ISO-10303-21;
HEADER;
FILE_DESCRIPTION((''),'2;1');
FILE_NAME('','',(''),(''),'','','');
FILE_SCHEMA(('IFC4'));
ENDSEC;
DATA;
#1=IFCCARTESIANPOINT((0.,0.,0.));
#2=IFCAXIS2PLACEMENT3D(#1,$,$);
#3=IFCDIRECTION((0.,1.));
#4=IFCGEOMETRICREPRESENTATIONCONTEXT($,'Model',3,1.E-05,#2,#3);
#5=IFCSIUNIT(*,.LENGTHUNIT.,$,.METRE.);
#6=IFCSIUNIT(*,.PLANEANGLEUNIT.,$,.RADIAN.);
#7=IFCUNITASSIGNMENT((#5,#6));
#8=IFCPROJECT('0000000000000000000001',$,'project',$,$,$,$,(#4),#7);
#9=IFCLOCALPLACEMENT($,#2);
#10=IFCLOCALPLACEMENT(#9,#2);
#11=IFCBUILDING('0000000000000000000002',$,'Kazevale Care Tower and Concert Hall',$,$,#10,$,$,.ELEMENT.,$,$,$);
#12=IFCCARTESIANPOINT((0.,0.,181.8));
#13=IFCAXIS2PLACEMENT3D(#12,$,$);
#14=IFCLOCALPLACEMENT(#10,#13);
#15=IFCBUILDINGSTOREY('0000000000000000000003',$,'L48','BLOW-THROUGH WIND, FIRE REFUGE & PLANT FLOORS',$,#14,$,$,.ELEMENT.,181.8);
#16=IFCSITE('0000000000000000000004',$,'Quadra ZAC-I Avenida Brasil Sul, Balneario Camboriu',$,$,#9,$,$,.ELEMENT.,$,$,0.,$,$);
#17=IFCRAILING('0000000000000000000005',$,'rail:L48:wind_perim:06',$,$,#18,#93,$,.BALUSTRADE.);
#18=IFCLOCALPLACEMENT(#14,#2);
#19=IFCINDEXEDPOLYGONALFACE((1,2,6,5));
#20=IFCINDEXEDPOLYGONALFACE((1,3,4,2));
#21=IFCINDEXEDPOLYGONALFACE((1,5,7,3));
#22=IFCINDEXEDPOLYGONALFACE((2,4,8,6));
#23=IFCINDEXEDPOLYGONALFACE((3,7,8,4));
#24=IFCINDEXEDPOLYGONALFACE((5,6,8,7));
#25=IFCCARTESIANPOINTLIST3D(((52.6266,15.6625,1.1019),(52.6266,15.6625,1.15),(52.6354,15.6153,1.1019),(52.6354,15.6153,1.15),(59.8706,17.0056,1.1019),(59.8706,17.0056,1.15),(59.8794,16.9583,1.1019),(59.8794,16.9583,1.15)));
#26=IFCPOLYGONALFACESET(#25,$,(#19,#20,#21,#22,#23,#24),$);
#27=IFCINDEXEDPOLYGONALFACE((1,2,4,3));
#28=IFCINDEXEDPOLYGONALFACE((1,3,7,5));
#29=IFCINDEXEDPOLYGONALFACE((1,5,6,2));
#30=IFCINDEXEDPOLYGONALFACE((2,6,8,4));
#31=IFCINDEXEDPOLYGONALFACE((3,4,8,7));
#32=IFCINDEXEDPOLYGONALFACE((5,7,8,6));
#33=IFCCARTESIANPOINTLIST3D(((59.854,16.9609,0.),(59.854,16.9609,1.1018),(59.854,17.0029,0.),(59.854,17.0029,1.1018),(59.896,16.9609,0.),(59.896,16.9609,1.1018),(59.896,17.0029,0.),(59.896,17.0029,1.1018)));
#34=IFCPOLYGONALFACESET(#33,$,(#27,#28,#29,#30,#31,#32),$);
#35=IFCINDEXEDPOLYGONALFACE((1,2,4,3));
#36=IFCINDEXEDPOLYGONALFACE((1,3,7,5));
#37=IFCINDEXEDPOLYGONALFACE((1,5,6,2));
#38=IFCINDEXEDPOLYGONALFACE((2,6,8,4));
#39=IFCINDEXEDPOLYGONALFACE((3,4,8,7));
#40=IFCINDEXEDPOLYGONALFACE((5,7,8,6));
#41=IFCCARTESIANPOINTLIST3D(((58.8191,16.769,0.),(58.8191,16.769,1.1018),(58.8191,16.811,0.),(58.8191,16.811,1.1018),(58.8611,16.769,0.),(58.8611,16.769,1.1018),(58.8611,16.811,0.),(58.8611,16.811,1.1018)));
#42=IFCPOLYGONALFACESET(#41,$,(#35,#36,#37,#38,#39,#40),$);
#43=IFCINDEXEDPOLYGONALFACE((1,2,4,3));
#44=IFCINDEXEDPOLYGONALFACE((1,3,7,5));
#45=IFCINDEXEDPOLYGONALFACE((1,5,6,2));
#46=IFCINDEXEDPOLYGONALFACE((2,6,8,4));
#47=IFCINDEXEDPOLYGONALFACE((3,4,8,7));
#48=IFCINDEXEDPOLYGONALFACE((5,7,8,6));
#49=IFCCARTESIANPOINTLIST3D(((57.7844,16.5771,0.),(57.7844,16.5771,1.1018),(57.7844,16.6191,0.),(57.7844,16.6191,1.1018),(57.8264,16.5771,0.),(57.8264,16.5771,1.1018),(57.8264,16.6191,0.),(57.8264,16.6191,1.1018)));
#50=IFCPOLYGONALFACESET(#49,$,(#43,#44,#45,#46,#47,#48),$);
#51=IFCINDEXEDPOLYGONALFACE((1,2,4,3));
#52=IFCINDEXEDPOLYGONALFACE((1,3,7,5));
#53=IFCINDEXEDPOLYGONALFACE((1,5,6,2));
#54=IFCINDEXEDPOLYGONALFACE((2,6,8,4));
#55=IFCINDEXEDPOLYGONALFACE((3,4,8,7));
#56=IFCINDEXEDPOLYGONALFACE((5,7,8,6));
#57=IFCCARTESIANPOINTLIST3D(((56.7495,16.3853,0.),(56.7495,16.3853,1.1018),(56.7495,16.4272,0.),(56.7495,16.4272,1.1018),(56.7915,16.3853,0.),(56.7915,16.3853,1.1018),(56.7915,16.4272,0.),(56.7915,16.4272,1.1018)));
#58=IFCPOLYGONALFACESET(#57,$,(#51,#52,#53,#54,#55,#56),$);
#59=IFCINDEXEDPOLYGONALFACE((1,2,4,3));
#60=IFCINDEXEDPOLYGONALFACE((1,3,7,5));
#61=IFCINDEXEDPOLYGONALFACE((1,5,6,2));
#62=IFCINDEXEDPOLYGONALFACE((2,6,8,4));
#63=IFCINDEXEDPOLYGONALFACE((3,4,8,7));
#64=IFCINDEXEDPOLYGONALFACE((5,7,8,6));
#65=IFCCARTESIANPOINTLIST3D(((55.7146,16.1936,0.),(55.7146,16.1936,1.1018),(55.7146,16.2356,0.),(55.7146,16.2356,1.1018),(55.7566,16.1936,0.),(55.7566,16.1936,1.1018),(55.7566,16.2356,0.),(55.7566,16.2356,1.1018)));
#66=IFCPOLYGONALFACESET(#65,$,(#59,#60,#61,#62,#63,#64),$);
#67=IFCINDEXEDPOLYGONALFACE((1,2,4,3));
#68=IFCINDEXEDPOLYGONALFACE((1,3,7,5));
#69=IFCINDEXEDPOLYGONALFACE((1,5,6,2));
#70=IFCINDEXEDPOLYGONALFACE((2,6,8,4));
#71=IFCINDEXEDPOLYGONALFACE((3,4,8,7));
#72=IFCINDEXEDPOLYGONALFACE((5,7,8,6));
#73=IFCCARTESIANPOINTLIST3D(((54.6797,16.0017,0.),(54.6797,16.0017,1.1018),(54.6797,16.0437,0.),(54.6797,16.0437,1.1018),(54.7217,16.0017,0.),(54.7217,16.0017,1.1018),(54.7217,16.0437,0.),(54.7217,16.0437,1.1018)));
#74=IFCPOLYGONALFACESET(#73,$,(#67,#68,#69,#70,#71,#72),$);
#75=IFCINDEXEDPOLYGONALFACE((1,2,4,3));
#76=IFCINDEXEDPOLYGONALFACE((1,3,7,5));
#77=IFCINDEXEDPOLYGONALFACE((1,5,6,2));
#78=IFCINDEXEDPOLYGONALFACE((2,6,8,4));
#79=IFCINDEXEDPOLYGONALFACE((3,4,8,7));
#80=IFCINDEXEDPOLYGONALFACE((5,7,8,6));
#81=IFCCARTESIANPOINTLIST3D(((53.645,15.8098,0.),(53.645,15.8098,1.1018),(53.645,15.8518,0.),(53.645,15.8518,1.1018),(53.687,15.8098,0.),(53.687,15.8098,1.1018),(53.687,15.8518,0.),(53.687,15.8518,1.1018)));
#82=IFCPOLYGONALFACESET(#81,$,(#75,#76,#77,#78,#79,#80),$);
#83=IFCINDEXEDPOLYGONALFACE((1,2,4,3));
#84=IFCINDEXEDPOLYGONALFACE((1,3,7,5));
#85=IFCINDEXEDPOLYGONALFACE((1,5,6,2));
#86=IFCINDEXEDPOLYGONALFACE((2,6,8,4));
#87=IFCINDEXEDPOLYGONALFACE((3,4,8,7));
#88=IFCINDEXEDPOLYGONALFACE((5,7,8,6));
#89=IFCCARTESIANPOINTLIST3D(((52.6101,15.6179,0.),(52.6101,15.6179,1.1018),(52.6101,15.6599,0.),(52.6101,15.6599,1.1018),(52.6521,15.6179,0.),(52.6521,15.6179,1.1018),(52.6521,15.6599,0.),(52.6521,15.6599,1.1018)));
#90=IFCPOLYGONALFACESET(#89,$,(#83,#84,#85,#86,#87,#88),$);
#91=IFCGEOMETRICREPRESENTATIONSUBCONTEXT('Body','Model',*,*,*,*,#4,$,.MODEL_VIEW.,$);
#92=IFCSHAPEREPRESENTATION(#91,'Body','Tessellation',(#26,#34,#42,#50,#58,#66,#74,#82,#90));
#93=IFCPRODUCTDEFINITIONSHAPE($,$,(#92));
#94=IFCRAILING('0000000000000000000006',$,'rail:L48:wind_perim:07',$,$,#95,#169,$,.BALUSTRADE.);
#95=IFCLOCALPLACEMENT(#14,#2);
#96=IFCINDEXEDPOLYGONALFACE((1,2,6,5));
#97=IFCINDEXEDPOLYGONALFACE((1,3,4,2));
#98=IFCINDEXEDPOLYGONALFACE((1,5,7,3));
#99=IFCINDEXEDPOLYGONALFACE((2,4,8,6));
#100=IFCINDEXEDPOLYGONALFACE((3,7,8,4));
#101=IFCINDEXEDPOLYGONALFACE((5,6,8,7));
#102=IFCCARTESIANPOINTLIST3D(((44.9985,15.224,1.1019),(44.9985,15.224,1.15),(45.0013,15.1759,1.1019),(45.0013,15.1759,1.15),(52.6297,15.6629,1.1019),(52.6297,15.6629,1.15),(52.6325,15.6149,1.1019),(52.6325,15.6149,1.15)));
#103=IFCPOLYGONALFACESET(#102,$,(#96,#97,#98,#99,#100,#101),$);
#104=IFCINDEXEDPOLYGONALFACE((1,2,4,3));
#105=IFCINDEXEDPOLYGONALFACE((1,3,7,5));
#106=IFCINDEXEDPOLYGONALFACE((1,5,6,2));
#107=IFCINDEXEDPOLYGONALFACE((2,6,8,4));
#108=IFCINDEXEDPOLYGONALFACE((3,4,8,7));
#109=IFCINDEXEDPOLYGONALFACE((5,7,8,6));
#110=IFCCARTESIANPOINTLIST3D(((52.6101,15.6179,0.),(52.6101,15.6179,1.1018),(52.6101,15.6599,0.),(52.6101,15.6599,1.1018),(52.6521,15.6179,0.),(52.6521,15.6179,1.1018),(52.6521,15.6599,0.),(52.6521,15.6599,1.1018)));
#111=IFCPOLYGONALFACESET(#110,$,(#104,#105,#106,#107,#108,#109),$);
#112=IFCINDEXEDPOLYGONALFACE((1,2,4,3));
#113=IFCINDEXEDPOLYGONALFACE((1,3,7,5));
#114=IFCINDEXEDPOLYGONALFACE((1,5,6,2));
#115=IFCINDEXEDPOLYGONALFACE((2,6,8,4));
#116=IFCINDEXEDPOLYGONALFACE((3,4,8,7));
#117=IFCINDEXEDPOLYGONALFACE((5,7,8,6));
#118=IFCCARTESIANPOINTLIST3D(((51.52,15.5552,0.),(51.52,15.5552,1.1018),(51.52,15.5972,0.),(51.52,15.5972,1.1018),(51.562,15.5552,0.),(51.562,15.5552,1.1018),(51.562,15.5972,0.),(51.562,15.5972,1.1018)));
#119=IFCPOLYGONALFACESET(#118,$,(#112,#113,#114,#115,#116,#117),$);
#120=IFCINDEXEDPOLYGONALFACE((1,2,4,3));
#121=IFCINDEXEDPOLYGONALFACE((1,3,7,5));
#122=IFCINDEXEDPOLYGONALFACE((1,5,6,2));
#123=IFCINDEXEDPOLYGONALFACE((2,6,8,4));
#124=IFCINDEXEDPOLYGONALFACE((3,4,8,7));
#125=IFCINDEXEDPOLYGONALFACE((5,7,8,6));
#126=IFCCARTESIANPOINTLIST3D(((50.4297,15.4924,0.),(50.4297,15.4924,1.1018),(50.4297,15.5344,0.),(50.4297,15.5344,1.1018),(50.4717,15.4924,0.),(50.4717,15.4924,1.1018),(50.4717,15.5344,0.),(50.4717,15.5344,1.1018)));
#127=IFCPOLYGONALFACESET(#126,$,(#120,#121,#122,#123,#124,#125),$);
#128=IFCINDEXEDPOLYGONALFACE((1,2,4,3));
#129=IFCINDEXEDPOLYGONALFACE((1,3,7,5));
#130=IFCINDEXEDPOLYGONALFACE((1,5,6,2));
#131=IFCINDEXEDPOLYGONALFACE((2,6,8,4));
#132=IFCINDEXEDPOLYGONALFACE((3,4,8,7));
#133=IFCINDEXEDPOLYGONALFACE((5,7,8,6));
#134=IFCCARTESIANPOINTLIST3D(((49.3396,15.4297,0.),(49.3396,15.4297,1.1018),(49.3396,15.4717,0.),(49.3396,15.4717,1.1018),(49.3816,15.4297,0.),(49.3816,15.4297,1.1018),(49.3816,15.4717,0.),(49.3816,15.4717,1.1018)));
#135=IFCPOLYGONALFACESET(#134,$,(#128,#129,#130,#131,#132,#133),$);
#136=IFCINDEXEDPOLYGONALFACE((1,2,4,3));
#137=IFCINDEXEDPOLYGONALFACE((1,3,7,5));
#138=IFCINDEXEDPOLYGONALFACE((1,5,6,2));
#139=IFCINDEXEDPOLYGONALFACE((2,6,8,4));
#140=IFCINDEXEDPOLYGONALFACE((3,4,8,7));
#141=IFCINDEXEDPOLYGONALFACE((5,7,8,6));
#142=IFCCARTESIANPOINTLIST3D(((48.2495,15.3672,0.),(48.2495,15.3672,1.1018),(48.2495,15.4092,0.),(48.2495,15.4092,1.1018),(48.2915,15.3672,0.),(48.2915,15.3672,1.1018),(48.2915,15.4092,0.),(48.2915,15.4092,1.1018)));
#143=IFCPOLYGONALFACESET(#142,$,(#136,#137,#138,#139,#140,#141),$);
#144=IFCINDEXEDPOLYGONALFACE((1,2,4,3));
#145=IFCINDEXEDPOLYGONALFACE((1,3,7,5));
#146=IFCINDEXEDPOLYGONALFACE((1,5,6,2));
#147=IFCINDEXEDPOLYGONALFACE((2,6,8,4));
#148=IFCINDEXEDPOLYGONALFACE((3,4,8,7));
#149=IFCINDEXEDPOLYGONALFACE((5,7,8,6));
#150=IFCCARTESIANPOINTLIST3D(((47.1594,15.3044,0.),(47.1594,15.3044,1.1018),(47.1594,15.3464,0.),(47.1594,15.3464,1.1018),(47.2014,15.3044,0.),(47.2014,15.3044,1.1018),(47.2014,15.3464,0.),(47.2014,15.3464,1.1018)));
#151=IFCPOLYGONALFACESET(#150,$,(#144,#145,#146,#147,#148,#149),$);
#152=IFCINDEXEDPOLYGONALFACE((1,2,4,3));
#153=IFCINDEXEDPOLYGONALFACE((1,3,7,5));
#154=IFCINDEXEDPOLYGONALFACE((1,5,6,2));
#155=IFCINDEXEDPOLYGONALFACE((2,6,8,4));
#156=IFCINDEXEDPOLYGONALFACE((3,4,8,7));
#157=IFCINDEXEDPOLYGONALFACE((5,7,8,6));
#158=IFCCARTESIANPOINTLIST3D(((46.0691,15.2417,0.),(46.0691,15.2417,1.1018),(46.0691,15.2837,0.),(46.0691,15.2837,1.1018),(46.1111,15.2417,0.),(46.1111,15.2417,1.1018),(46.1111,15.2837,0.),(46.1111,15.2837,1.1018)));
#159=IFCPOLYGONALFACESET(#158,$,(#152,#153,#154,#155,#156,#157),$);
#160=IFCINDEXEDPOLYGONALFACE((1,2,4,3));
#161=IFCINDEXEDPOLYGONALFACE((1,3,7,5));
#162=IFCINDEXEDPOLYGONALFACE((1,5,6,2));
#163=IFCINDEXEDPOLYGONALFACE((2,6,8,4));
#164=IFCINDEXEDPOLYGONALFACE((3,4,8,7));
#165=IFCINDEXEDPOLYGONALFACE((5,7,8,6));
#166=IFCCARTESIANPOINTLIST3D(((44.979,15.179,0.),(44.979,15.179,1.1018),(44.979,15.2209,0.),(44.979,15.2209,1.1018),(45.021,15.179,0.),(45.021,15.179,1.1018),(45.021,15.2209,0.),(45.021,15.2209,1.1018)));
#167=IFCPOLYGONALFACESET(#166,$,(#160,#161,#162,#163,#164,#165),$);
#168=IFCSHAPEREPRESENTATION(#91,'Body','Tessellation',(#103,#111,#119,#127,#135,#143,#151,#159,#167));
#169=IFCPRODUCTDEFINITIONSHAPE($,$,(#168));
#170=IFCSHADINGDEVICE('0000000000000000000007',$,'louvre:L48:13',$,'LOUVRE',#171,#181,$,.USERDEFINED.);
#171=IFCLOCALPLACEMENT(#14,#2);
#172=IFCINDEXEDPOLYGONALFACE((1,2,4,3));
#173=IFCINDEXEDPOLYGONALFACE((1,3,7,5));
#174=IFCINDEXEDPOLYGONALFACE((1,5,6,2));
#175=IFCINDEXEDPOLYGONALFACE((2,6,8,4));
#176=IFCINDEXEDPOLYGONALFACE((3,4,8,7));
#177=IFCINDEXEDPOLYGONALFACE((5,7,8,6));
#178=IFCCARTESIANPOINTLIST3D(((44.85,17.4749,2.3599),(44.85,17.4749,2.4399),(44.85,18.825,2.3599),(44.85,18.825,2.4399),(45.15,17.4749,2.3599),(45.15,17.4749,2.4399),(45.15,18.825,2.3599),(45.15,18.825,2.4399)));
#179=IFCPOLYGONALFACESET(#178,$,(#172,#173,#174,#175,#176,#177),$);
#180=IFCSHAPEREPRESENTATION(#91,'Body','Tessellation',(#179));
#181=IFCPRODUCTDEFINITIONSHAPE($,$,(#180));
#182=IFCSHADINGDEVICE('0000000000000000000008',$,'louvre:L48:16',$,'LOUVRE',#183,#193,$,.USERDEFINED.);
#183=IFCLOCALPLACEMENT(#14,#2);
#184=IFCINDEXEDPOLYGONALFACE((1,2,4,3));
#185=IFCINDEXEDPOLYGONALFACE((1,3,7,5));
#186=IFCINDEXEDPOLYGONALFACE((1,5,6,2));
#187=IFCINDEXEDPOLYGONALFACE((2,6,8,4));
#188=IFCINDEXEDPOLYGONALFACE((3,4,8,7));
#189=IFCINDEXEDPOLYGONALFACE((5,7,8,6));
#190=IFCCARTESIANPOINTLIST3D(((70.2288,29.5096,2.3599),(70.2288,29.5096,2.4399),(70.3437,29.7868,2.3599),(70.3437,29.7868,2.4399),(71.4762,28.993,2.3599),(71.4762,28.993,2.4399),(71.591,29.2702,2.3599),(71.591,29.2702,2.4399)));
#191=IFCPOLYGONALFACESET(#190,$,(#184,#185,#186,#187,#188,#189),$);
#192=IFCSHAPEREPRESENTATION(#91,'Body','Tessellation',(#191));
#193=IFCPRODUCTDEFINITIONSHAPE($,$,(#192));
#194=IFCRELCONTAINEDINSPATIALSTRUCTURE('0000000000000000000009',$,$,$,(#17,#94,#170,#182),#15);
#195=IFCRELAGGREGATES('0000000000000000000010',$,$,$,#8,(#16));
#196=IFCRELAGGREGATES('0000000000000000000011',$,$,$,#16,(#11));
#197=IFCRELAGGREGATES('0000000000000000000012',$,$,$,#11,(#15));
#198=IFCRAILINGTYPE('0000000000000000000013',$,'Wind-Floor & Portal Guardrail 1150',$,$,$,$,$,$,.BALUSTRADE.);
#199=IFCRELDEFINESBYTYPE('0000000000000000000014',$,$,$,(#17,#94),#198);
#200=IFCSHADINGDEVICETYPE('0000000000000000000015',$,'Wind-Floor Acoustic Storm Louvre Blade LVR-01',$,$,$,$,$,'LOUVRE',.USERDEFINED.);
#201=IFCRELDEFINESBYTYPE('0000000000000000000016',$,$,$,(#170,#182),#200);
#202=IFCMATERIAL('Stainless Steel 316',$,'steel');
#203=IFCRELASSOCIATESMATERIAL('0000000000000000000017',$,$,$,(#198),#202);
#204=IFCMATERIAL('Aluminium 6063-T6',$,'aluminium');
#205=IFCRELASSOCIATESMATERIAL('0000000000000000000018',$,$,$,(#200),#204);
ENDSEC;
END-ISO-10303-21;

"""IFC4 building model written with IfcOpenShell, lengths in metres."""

from ifc_helpers import new_model, si_unit, direction, frame, origin, origin_2d, place, context, subcontext, project, spatial, rectangle, extrude, material, type_object, element, save


model = new_model("IFC4")

# Units and contexts
model_context = context("Model", 3, precision=1e-05, world=origin(), true_north=direction((0.0, 1.0)))
body_context = subcontext(model_context, "Body", "Model", "MODEL_VIEW")
ifc_project = project(units=[si_unit("LENGTHUNIT", "METRE"), si_unit("PLANEANGLEUNIT", "RADIAN")], contexts=[model_context])

# Site, building, storey
site_placement = place(None, origin())
site = spatial("IfcSite", under=ifc_project, at=site_placement, Name="Quadra ZAC-I Avenida Brasil Sul, Balneario Camboriu", CompositionType="ELEMENT", RefElevation=0.0)
building_placement = place(site_placement, origin())
building = spatial("IfcBuilding", under=site, at=building_placement, Name="Kazevale Care Tower and Concert Hall", CompositionType="ELEMENT")
storey_placement = place(building_placement, frame((0.0, 0.0, 181.8)))
storey = spatial("IfcBuildingStorey", under=building, at=storey_placement, Name="L48", Description="BLOW-THROUGH WIND, FIRE REFUGE & PLANT FLOORS", CompositionType="ELEMENT", Elevation=181.8)

# Railings
ifc_material_1 = material(Name="Stainless Steel 316", Category="steel")
railing_type = type_object("IfcRailingType", Name="Wind-Floor & Portal Guardrail 1150", PredefinedType="BALUSTRADE", material=ifc_material_1)
railing_1_placement = place(storey_placement, frame((59.875, 16.9819, 0.0)))
element("IfcRailing", 1, at=railing_1_placement, inside=storey, type_object=railing_type, Name="rail:L48:wind_perim:06", PredefinedType="BALUSTRADE", context=body_context, shape_type="SweptSolid", body=[
    extrude(rectangle(XDim=0.0481, YDim=0.0481, at=origin_2d()), frame((0.0, 0.0, 1.126), z_axis=(-0.983244, -0.182293, 0.0), x_axis=(0.182293, -0.983244, 0.0)), (0.0, 0.0, 1.0), 7.3674),
    extrude(rectangle(XDim=0.042, YDim=0.042, at=origin_2d()), origin(), (0.0, 0.0, 1.0), 1.1018),
    extrude(rectangle(XDim=0.042, YDim=0.042, at=origin_2d()), frame((-1.0349, -0.1919, 0.0)), (0.0, 0.0, 1.0), 1.1018),
    extrude(rectangle(XDim=0.042, YDim=0.042, at=origin_2d()), frame((-2.0696, -0.3838, 0.0)), (0.0, 0.0, 1.0), 1.1018),
    extrude(rectangle(XDim=0.042, YDim=0.042, at=origin_2d()), frame((-3.1045, -0.5757, 0.0)), (0.0, 0.0, 1.0), 1.1018),
    extrude(rectangle(XDim=0.042, YDim=0.042, at=origin_2d()), frame((-4.1394, -0.7673, 0.0)), (0.0, 0.0, 1.0), 1.1018),
    extrude(rectangle(XDim=0.042, YDim=0.042, at=origin_2d()), frame((-5.1743, -0.9592, 0.0)), (0.0, 0.0, 1.0), 1.1018),
    extrude(rectangle(XDim=0.042, YDim=0.042, at=origin_2d()), frame((-6.209, -1.1511, 0.0)), (0.0, 0.0, 1.0), 1.1018),
    extrude(rectangle(XDim=0.042, YDim=0.042, at=origin_2d()), frame((-7.2439, -1.343, 0.0)), (0.0, 0.0, 1.0), 1.1018),
])
railing_2_placement = place(storey_placement, frame((52.6311, 15.6389, 0.0)))
element("IfcRailing", 2, at=railing_2_placement, inside=storey, type_object=railing_type, Name="rail:L48:wind_perim:07", PredefinedType="BALUSTRADE", context=body_context, shape_type="SweptSolid", body=[
    extrude(rectangle(XDim=0.0481, YDim=0.0481, at=origin_2d()), frame((0.0, 0.0, 1.126), z_axis=(-0.99835, -0.057428, 0.0), x_axis=(0.057428, -0.99835, 0.0)), (0.0, 0.0, 1.0), 7.6438),
    extrude(rectangle(XDim=0.042, YDim=0.042, at=origin_2d()), origin(), (0.0, 0.0, 1.0), 1.1018),
    extrude(rectangle(XDim=0.042, YDim=0.042, at=origin_2d()), frame((-1.0901, -0.0627, 0.0)), (0.0, 0.0, 1.0), 1.1018),
    extrude(rectangle(XDim=0.042, YDim=0.042, at=origin_2d()), frame((-2.1804, -0.1255, 0.0)), (0.0, 0.0, 1.0), 1.1018),
    extrude(rectangle(XDim=0.042, YDim=0.042, at=origin_2d()), frame((-3.2705, -0.1882, 0.0)), (0.0, 0.0, 1.0), 1.1018),
    extrude(rectangle(XDim=0.042, YDim=0.042, at=origin_2d()), frame((-4.3606, -0.2507, 0.0)), (0.0, 0.0, 1.0), 1.1018),
    extrude(rectangle(XDim=0.042, YDim=0.042, at=origin_2d()), frame((-5.4507, -0.3135, 0.0)), (0.0, 0.0, 1.0), 1.1018),
    extrude(rectangle(XDim=0.042, YDim=0.042, at=origin_2d()), frame((-6.541, -0.3762, 0.0)), (0.0, 0.0, 1.0), 1.1018),
    extrude(rectangle(XDim=0.042, YDim=0.042, at=origin_2d()), frame((-7.6311, -0.439, 0.0)), (0.0, 0.0, 1.0), 1.1018),
])

# Shading devices
ifc_material_2 = material(Name="Aluminium 6063-T6", Category="aluminium")
shading_device_type = type_object("IfcShadingDeviceType", Name="Wind-Floor Acoustic Storm Louvre Blade LVR-01", ElementType="LOUVRE", PredefinedType="USERDEFINED", material=ifc_material_2)
for number, where, z_axis, x_axis, name in (
    (3, (45.0, 18.1499, 2.3599), (0.0, 0.0, 1.0), (0.0, -1.0, 0.0), "louvre:L48:13"),
    (4, (70.9099, 29.3899, 2.3599), (0.0, 0.0, 1.0), (0.92388, -0.382683, 0.0), "louvre:L48:16"),
):
    element("IfcShadingDevice", number, at=place(storey_placement, frame(where, z_axis=z_axis, x_axis=x_axis)), inside=storey, type_object=shading_device_type, Name=name, ObjectType="LOUVRE", PredefinedType="USERDEFINED", context=body_context, shape_type="SweptSolid", body=[
        extrude(rectangle(XDim=1.3501, YDim=0.3, at=origin_2d()), origin(), (0.0, 0.0, 1.0), 0.0801),
    ])

save(model, "model.ifc")
